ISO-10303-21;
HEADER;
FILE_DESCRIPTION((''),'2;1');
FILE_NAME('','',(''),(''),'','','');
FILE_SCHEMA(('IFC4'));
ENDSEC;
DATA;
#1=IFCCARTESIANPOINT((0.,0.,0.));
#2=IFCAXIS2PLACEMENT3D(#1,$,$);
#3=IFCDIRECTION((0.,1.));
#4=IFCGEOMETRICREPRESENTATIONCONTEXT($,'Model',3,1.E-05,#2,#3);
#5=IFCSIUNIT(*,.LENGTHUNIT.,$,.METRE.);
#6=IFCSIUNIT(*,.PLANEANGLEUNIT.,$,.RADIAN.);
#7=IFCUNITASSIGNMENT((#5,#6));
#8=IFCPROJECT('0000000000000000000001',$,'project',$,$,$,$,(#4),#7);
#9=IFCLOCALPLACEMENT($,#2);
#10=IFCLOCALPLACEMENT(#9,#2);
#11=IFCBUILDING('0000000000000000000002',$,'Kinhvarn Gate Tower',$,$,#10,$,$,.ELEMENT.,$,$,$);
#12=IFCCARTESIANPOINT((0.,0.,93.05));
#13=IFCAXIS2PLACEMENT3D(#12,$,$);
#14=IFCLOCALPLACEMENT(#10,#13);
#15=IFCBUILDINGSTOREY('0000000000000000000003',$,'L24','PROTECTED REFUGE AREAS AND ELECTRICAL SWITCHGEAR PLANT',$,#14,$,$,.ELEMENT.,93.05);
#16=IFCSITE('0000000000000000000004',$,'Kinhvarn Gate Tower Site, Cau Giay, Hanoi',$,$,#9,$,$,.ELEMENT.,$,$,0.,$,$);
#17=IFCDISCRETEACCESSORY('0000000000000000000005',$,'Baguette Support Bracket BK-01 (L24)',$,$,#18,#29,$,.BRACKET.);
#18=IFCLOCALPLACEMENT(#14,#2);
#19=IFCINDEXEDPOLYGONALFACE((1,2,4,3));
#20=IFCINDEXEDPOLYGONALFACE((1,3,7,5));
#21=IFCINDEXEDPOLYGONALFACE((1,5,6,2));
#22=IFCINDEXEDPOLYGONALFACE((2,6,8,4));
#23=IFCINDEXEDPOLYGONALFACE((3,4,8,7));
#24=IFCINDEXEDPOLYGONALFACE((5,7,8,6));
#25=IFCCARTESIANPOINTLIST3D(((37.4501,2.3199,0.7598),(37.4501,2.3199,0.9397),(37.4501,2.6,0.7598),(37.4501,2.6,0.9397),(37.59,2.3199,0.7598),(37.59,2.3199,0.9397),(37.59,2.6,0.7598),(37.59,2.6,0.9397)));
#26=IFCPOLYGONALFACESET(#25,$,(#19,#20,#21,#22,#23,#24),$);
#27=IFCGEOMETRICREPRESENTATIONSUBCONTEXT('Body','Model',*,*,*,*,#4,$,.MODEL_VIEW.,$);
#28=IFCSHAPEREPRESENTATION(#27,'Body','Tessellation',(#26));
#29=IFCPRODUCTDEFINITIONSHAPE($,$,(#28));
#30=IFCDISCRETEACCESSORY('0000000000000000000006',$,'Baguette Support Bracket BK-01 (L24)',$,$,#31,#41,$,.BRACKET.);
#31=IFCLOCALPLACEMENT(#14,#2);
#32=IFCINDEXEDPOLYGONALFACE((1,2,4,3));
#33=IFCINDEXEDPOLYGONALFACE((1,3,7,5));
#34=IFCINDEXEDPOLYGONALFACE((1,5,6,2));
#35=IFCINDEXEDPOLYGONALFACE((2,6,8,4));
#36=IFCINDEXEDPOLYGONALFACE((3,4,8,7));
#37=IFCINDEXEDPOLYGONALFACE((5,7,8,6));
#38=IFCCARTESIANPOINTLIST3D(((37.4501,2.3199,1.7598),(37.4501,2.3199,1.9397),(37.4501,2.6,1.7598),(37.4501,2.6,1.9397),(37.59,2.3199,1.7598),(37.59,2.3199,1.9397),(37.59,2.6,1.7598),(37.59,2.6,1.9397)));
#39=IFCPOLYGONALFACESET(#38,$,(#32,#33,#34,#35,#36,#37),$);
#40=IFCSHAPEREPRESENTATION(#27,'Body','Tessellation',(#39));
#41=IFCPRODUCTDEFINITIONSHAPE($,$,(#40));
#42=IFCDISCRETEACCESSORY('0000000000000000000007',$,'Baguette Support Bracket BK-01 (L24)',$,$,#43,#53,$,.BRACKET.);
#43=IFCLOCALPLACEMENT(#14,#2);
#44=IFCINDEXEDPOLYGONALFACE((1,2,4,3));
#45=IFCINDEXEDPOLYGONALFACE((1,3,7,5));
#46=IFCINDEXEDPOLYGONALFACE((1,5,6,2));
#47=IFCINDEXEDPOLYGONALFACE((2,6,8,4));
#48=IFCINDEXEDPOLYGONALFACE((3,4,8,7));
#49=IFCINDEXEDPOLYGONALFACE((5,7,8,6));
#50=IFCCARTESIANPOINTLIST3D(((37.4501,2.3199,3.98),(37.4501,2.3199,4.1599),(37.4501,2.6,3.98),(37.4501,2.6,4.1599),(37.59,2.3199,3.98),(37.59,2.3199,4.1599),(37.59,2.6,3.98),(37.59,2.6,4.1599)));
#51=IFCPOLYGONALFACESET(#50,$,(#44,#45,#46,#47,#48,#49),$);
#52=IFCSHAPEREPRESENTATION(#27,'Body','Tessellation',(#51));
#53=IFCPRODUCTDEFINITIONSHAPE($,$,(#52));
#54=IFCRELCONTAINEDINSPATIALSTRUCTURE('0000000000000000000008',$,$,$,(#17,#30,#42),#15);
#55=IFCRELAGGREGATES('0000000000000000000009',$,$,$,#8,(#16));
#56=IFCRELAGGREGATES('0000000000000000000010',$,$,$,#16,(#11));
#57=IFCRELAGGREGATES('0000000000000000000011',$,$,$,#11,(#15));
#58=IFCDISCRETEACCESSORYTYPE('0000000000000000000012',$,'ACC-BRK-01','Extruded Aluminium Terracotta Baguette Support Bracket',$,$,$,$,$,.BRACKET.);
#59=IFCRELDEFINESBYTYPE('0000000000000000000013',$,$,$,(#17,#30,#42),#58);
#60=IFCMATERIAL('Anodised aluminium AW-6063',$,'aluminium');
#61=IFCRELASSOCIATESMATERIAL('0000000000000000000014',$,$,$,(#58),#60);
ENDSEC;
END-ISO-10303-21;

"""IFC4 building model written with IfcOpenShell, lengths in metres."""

from ifc_helpers import new_model, si_unit, direction, frame, origin, origin_2d, place, context, subcontext, project, spatial, rectangle, extrude, material, type_object, element, save


model = new_model("IFC4")

# Units and contexts
model_context = context("Model", 3, precision=1e-05, world=origin(), true_north=direction((0.0, 1.0)))
body_context = subcontext(model_context, "Body", "Model", "MODEL_VIEW")
ifc_project = project(units=[si_unit("LENGTHUNIT", "METRE"), si_unit("PLANEANGLEUNIT", "RADIAN")], contexts=[model_context])

# Site, building, storey
site_placement = place(None, origin())
site = spatial("IfcSite", under=ifc_project, at=site_placement, Name="Kinhvarn Gate Tower Site, Cau Giay, Hanoi", CompositionType="ELEMENT", RefElevation=0.0)
building_placement = place(site_placement, origin())
building = spatial("IfcBuilding", under=site, at=building_placement, Name="Kinhvarn Gate Tower", CompositionType="ELEMENT")
storey_placement = place(building_placement, frame((0.0, 0.0, 93.05)))
storey = spatial("IfcBuildingStorey", under=building, at=storey_placement, Name="L24", Description="PROTECTED REFUGE AREAS AND ELECTRICAL SWITCHGEAR PLANT", CompositionType="ELEMENT", Elevation=93.05)

# Shared definitions
ifc_material_1 = material(Name="Anodised aluminium AW-6063", Category="aluminium")

# Discrete accessories
discrete_accessory_type = type_object("IfcDiscreteAccessoryType", Name="ACC-BRK-01", Description="Extruded Aluminium Terracotta Baguette Support Bracket", PredefinedType="BRACKET", material=ifc_material_1)
for number, where, z_axis, x_axis, name in (
    (1, (37.52, 2.46, 0.7598), (0.0, 0.0, 1.0), (1.0, 0.0, 0.0), "Baguette Support Bracket BK-01 (L24)"),
    (2, (37.52, 2.46, 1.7598), (0.0, 0.0, 1.0), (1.0, 0.0, 0.0), "Baguette Support Bracket BK-01 (L24)"),
    (3, (37.52, 2.46, 3.98), (0.0, 0.0, 1.0), (1.0, 0.0, 0.0), "Baguette Support Bracket BK-01 (L24)"),
):
    element("IfcDiscreteAccessory", number, at=place(storey_placement, frame(where, z_axis=z_axis, x_axis=x_axis)), inside=storey, type_object=discrete_accessory_type, Name=name, PredefinedType="BRACKET", context=body_context, shape_type="SweptSolid", body=[
        extrude(rectangle(XDim=0.1399, YDim=0.28, at=origin_2d()), origin(), (0.0, 0.0, 1.0), 0.1799),
    ])

save(model, "model.ifc")
